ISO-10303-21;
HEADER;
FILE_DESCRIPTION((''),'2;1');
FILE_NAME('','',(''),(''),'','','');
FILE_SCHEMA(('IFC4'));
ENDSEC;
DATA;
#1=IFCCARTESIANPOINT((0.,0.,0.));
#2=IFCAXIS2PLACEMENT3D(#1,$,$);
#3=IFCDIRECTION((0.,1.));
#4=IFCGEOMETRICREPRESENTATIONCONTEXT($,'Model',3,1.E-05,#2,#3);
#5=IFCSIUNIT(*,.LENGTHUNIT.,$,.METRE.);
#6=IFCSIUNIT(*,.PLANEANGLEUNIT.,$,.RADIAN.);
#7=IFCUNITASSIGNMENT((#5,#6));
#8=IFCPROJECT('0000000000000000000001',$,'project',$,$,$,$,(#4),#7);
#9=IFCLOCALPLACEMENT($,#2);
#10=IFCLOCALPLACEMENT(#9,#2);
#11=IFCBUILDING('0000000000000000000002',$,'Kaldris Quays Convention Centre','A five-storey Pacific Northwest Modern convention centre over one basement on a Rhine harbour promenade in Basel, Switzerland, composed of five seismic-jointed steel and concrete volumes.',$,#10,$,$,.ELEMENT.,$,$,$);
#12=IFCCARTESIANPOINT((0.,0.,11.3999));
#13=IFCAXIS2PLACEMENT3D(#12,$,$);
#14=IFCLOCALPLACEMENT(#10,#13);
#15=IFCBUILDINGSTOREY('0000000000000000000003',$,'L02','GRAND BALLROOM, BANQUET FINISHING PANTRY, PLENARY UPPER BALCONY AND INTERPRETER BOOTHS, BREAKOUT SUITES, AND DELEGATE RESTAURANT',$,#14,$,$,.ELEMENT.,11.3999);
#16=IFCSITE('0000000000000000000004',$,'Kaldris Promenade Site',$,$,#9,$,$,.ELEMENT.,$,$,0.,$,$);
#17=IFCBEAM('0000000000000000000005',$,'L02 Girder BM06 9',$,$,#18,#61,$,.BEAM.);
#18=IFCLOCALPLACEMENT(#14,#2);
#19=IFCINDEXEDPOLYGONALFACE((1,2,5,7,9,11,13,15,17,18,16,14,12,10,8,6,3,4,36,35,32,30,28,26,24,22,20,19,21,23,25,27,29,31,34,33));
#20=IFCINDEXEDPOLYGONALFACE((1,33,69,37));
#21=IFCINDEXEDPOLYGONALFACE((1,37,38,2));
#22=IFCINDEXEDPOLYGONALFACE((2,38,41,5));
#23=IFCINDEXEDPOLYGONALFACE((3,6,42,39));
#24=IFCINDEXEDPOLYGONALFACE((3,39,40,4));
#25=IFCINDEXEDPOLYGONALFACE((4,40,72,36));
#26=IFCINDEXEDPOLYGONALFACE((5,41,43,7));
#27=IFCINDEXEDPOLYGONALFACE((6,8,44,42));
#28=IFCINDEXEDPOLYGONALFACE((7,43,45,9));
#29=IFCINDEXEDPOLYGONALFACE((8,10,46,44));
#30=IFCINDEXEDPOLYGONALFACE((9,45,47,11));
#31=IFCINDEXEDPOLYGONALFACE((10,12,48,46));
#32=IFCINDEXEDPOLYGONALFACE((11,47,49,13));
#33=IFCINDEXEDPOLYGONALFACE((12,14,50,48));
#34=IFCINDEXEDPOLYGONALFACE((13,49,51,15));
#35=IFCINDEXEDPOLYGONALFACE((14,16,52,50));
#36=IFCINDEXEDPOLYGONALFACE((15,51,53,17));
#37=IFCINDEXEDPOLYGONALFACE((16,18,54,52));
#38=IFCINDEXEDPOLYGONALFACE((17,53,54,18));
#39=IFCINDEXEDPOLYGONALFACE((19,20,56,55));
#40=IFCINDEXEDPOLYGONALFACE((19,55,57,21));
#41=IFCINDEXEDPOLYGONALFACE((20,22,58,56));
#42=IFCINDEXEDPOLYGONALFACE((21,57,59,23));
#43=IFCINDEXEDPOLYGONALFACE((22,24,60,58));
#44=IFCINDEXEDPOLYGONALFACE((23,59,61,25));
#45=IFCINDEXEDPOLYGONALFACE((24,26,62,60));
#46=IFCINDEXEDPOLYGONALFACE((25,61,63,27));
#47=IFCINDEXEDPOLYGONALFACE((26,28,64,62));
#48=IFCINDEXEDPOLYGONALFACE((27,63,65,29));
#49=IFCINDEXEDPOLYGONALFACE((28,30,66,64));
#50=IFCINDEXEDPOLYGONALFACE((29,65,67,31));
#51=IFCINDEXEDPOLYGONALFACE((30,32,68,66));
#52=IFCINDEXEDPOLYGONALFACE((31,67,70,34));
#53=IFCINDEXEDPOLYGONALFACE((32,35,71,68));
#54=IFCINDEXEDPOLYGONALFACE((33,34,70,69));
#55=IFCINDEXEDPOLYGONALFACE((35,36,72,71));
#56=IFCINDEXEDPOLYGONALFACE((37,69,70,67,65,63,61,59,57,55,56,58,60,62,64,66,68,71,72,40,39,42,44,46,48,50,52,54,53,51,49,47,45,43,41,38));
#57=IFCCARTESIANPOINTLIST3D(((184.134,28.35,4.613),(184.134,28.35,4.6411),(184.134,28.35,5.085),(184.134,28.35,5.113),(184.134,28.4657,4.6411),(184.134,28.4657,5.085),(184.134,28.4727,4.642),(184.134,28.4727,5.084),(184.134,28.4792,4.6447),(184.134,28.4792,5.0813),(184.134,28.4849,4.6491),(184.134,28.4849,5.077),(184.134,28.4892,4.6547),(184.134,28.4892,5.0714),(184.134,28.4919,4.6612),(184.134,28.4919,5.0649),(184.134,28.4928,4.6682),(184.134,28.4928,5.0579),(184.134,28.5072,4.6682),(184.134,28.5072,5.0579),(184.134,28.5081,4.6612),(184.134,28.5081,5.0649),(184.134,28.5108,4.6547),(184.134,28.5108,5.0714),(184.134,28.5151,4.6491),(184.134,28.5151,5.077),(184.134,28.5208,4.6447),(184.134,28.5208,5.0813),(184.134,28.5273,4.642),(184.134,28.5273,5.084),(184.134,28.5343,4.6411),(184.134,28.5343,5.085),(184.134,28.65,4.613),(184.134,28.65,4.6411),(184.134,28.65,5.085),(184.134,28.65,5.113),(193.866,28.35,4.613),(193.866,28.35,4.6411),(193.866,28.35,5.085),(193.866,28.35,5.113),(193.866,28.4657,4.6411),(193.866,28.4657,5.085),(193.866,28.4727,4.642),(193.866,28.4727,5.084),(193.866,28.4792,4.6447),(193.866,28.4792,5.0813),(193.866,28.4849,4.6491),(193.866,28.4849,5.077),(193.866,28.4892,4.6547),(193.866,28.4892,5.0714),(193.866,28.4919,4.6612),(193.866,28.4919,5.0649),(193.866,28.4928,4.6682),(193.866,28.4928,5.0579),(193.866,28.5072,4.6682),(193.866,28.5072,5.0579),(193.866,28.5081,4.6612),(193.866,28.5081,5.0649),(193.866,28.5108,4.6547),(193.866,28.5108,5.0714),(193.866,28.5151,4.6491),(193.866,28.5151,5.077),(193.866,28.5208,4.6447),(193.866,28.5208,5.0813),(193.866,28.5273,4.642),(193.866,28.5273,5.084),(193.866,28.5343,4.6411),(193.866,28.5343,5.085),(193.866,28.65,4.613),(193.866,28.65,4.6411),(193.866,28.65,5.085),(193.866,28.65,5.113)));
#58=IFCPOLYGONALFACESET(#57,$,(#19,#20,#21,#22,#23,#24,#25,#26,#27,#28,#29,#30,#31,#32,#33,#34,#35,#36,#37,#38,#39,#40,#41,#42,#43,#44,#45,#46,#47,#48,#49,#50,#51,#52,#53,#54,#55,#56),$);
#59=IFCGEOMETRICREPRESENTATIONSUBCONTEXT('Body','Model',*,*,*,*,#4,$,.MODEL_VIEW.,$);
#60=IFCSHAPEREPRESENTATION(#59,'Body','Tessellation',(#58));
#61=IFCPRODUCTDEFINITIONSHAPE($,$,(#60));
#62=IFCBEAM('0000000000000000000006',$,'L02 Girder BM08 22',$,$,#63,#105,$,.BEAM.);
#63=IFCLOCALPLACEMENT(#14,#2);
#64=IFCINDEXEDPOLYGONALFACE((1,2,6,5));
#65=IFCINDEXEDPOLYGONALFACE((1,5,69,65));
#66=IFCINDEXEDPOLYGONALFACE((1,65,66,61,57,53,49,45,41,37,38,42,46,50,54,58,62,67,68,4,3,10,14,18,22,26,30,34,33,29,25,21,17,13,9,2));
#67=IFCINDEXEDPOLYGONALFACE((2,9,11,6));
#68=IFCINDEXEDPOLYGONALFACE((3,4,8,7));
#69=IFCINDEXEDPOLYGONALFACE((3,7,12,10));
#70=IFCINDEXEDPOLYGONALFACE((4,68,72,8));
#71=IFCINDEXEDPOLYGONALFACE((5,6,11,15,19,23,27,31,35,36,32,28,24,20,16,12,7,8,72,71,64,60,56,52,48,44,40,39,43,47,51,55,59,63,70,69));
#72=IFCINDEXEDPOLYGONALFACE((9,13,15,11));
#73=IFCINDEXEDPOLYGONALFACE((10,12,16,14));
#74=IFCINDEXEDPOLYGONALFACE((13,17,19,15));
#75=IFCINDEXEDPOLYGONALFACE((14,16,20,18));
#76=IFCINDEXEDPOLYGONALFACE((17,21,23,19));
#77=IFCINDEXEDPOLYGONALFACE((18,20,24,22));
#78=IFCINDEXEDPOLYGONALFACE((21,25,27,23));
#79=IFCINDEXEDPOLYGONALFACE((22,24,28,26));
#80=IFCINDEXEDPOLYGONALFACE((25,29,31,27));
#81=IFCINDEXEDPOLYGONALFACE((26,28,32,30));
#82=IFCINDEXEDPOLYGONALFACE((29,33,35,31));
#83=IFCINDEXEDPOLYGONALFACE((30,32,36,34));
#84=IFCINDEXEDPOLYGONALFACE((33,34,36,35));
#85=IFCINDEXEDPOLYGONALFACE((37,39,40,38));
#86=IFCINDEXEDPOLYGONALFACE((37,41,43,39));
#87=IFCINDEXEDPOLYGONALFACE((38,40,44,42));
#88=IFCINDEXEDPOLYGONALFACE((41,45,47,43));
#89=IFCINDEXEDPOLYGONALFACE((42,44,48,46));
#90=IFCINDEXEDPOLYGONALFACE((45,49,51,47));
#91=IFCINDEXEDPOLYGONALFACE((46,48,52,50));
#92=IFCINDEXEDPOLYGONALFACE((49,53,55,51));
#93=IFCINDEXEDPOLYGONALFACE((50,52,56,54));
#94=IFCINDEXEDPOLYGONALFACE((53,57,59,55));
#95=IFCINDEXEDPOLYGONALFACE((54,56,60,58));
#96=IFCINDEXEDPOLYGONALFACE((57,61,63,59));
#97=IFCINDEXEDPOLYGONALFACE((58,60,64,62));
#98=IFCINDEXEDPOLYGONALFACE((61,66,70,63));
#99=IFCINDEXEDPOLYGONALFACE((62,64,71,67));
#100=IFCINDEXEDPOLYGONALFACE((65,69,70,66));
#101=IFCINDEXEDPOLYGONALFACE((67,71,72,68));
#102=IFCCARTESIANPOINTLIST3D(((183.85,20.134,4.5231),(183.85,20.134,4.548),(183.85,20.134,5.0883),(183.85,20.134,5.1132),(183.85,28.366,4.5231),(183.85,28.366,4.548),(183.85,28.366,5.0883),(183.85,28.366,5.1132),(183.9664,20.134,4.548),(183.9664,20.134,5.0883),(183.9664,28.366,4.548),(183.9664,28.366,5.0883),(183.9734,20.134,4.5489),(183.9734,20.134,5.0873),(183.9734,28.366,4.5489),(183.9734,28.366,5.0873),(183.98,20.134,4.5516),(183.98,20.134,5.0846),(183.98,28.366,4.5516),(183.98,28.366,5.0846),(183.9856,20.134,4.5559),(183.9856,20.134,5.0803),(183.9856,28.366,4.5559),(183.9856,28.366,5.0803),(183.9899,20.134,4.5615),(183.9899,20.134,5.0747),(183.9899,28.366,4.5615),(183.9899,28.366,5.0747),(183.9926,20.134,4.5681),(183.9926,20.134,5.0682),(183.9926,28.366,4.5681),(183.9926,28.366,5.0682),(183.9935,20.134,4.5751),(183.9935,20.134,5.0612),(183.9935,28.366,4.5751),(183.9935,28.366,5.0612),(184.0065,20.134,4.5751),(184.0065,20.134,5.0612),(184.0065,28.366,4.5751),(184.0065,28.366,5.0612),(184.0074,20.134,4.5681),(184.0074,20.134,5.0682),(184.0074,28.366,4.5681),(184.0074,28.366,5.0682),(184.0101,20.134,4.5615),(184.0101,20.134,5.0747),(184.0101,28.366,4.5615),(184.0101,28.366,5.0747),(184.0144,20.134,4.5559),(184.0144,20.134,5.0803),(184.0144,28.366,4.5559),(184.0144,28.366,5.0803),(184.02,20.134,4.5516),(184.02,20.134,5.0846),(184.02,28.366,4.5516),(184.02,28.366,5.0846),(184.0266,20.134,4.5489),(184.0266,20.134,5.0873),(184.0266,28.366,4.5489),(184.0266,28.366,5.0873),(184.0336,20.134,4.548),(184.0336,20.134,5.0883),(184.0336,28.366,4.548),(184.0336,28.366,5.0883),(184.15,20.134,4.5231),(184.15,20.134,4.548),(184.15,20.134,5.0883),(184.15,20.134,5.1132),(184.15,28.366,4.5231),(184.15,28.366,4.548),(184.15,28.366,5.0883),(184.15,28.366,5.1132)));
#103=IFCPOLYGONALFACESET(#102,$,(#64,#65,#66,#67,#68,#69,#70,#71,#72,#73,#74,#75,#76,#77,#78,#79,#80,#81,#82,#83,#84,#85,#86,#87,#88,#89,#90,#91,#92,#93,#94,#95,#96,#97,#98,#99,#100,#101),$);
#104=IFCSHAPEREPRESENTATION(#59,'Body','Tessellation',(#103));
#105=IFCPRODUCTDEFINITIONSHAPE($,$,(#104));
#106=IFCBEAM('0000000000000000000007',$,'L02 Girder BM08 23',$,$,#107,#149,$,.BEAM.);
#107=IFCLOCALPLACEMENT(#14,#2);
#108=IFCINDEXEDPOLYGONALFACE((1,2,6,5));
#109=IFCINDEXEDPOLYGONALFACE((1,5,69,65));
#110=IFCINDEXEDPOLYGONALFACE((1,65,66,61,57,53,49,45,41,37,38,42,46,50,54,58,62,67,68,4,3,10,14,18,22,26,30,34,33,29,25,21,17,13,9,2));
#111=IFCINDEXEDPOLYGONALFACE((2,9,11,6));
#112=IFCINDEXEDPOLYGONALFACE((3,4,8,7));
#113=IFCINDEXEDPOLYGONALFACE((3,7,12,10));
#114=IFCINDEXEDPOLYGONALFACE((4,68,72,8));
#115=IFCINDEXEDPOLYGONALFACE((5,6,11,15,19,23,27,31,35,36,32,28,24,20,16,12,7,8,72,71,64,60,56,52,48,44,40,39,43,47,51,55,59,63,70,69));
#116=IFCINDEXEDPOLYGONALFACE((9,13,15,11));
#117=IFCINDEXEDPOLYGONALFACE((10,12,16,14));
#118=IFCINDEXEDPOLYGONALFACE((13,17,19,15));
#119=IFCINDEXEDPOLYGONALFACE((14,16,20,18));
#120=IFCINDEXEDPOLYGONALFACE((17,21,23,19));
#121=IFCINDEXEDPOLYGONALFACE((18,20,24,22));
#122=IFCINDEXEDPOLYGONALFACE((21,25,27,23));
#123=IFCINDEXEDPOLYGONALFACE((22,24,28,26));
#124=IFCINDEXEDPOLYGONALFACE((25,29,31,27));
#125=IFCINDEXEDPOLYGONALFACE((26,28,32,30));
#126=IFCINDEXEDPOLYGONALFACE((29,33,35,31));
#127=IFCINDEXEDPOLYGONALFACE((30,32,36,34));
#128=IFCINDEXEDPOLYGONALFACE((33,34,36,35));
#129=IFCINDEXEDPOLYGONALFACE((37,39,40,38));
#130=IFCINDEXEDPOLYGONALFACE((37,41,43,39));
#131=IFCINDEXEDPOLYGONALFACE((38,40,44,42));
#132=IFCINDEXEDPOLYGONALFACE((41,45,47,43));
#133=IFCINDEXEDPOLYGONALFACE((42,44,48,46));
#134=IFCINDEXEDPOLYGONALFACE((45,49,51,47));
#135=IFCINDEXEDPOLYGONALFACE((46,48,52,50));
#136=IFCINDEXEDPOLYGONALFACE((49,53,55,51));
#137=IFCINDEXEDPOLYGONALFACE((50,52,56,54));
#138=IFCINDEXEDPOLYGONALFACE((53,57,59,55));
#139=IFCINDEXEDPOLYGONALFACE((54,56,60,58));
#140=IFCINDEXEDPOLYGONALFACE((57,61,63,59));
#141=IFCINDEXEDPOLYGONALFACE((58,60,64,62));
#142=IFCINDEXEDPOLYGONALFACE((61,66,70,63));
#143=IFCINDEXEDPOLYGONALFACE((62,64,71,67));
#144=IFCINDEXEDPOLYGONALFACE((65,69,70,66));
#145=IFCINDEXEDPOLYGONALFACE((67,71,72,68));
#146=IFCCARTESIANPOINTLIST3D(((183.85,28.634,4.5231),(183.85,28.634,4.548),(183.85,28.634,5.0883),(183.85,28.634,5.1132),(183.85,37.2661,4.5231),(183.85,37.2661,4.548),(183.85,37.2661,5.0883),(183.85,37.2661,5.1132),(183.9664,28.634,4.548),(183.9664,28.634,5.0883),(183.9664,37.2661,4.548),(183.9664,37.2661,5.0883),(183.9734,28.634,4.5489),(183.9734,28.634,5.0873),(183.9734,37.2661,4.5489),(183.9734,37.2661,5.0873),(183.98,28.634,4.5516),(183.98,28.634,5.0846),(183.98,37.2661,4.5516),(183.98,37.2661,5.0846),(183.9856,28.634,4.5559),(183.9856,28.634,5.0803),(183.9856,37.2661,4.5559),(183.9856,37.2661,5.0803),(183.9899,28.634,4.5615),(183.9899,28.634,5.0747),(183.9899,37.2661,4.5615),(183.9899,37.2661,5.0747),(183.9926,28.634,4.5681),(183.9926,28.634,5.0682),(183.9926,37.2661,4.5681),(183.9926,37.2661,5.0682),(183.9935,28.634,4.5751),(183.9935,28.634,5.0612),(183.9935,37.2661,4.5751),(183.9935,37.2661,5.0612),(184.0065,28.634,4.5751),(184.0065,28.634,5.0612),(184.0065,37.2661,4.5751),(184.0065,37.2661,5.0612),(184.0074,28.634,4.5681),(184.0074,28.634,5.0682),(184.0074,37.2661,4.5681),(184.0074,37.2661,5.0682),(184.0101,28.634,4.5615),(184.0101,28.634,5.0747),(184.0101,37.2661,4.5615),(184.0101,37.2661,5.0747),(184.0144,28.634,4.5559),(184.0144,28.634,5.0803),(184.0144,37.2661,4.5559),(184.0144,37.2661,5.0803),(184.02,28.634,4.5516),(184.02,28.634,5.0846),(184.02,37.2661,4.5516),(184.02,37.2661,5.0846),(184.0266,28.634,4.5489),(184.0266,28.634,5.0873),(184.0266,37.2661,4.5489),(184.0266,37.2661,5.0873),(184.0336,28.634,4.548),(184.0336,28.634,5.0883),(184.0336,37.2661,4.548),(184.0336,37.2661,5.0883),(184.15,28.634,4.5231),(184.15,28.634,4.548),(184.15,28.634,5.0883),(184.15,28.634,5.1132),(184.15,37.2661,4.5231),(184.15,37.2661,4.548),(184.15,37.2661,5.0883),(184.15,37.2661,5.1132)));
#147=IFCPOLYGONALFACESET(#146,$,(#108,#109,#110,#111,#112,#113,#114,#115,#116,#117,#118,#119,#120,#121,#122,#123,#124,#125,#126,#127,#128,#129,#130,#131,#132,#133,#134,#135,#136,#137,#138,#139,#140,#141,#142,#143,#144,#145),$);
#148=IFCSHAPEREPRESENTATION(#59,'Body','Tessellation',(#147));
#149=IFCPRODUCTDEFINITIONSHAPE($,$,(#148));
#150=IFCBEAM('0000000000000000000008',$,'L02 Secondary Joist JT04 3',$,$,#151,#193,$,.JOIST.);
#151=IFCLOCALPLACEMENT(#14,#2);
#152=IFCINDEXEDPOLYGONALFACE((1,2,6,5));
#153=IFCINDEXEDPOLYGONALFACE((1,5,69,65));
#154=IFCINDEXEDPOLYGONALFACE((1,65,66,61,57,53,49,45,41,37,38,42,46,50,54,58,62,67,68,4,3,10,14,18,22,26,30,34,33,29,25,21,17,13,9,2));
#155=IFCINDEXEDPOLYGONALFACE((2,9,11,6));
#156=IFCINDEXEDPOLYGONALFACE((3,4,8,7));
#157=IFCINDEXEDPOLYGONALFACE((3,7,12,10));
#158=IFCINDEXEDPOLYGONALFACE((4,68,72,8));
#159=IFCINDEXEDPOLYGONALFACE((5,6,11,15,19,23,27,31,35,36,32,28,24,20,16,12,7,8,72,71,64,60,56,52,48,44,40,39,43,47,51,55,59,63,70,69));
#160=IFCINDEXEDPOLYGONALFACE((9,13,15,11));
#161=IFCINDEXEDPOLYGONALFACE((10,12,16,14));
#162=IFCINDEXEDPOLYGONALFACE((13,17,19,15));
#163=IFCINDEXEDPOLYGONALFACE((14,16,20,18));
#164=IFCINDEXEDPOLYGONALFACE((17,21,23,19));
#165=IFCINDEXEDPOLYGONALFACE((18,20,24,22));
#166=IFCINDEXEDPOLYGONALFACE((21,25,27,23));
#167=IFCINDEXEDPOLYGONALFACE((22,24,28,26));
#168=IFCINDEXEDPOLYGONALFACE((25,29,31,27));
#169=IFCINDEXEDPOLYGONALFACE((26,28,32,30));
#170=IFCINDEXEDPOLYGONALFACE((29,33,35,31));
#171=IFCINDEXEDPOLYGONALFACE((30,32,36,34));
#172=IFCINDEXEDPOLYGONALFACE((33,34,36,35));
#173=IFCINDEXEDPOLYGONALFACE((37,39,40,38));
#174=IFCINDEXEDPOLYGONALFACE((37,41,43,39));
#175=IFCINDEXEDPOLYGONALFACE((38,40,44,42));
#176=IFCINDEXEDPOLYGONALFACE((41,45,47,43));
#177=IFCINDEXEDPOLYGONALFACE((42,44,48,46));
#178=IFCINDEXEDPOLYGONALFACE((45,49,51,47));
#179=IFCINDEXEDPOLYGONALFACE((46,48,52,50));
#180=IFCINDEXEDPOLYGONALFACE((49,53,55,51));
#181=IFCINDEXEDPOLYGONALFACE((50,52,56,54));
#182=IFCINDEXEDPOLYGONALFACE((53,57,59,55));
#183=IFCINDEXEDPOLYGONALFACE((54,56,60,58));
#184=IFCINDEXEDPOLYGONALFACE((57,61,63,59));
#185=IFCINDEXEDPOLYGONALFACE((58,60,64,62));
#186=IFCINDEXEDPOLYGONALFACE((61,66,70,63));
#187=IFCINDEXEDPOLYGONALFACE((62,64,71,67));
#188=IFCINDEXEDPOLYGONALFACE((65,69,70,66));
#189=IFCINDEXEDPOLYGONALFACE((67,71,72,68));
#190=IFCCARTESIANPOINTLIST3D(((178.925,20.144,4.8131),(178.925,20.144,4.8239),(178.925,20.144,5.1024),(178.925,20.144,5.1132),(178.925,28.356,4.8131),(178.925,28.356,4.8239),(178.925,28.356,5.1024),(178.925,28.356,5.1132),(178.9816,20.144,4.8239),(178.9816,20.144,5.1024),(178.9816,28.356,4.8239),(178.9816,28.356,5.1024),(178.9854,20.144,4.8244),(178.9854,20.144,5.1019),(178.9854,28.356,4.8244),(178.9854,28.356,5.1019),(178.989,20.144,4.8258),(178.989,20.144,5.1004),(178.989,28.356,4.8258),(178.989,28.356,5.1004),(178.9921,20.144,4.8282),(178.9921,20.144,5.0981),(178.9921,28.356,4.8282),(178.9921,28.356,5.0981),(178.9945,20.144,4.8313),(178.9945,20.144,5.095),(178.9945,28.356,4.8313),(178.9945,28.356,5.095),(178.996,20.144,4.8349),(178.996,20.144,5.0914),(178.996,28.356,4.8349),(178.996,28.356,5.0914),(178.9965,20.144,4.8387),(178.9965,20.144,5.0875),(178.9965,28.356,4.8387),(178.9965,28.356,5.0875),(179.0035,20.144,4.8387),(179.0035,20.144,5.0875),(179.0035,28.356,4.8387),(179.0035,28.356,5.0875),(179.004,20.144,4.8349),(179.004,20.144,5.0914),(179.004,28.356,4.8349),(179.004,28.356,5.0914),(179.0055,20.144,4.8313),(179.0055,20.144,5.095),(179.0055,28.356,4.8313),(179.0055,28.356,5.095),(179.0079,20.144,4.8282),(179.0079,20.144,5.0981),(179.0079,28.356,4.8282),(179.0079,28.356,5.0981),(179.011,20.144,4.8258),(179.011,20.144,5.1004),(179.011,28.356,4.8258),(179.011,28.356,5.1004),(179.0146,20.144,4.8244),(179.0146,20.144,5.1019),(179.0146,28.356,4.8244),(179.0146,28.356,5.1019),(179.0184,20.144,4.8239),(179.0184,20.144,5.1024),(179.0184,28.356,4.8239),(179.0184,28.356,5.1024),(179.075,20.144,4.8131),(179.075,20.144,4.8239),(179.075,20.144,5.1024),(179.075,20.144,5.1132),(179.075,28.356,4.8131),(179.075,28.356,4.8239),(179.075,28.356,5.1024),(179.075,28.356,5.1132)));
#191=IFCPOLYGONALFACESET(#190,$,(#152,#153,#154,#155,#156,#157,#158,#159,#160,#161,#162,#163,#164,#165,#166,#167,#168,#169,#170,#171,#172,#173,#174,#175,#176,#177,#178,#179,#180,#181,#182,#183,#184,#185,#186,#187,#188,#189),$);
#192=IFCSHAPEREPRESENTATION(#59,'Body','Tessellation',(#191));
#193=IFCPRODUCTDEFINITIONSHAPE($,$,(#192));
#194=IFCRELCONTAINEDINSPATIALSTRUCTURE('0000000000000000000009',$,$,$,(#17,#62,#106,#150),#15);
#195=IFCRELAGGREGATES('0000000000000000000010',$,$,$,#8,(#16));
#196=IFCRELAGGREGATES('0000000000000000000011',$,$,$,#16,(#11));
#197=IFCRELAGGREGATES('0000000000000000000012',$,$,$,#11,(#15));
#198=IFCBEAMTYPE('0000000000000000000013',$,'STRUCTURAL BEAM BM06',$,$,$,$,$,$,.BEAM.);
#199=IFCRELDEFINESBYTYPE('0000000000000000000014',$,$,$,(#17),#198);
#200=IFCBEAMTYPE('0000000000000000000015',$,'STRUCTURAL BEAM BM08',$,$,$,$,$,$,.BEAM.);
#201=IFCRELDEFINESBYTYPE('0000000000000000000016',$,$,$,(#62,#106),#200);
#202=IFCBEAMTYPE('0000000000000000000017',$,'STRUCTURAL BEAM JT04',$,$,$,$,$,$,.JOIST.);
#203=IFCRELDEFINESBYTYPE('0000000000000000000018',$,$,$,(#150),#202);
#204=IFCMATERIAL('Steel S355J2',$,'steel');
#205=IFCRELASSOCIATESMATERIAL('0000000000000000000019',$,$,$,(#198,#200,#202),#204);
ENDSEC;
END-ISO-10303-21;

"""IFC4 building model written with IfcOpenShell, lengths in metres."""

from ifc_helpers import new_model, si_unit, direction, frame, origin, origin_2d, place, context, subcontext, project, spatial, i_section, extrude, material, material_profile, profile_set, type_object, element, save


model = new_model("IFC4")

# Units and contexts
model_context = context("Model", 3, precision=1e-05, world=origin(), true_north=direction((0.0, 1.0)))
body_context = subcontext(model_context, "Body", "Model", "MODEL_VIEW")
ifc_project = project(units=[si_unit("LENGTHUNIT", "METRE"), si_unit("PLANEANGLEUNIT", "RADIAN")], contexts=[model_context])

# Site, building, storey
site_placement = place(None, origin())
site = spatial("IfcSite", under=ifc_project, at=site_placement, Name="Kaldris Promenade Site", CompositionType="ELEMENT", RefElevation=0.0)
building_placement = place(site_placement, origin())
building = spatial("IfcBuilding", under=site, at=building_placement, Name="Kaldris Quays Convention Centre", Description="A five-storey Pacific Northwest Modern convention centre over one basement on a Rhine harbour promenade in Basel, Switzerland, composed of five seismic-jointed steel and concrete volumes.", CompositionType="ELEMENT")
storey_placement = place(building_placement, frame((0.0, 0.0, 11.3999)))
storey = spatial("IfcBuildingStorey", under=building, at=storey_placement, Name="L02", Description="GRAND BALLROOM, BANQUET FINISHING PANTRY, PLENARY UPPER BALCONY AND INTERPRETER BOOTHS, BREAKOUT SUITES, AND DELEGATE RESTAURANT", CompositionType="ELEMENT", Elevation=11.3999)

# Shared definitions
ifc_material_1 = material(Name="Steel S355J2", Category="steel")

# Beams
ifc_material_profile_1 = material_profile(ifc_material_1, i_section(OverallWidth=0.3, OverallDepth=0.5, WebThickness=0.0144, FlangeThickness=0.0281, FilletRadius=0.0271, at=origin_2d()), Name="HEB 500")
ifc_profile_set_1 = profile_set([ifc_material_profile_1], Name="Steel S355J2")
beam_type_1 = type_object("IfcBeamType", Name="STRUCTURAL BEAM BM06", PredefinedType="BEAM", material=ifc_profile_set_1)
for number, where, z_axis, x_axis, name in (
    (1, (184.134, 28.5, 4.863), (1.0, 0.0, 0.0), (0.0, 1.0, 0.0), "L02 Girder BM06 9"),
):
    element("IfcBeam", number, at=place(storey_placement, frame(where, z_axis=z_axis, x_axis=x_axis)), inside=storey, type_object=beam_type_1, Name=name, PredefinedType="BEAM", context=body_context, shape_type="SweptSolid", body=[
        extrude(i_section(OverallWidth=0.3, OverallDepth=0.5, WebThickness=0.0144, FlangeThickness=0.0281, FilletRadius=0.0271, at=origin_2d()), origin(), (0.0, 0.0, 1.0), 9.7319),
    ])
ifc_material_profile_2 = material_profile(ifc_material_1, i_section(OverallWidth=0.3, OverallDepth=0.5901, WebThickness=0.0129, FlangeThickness=0.0249, FilletRadius=0.0271, at=origin_2d()), Name="HEA 600")
ifc_profile_set_2 = profile_set([ifc_material_profile_2], Name="Steel S355J2")
beam_type_2 = type_object("IfcBeamType", Name="STRUCTURAL BEAM BM08", PredefinedType="BEAM", material=ifc_profile_set_2)
beam_1_placement = place(storey_placement, frame((184.0, 20.134, 4.8181), z_axis=(0.0, 1.0, 0.0), x_axis=(-1.0, 0.0, 0.0)))
element("IfcBeam", 2, at=beam_1_placement, inside=storey, type_object=beam_type_2, Name="L02 Girder BM08 22", PredefinedType="BEAM", context=body_context, shape_type="SweptSolid", body=[
    extrude(i_section(OverallWidth=0.3, OverallDepth=0.5901, WebThickness=0.0129, FlangeThickness=0.0249, FilletRadius=0.0271, at=origin_2d()), origin(), (0.0, 0.0, 1.0), 8.2319),
])
beam_2_placement = place(storey_placement, frame((184.0, 28.634, 4.8181), z_axis=(0.0, 1.0, 0.0), x_axis=(-1.0, 0.0, 0.0)))
element("IfcBeam", 3, at=beam_2_placement, inside=storey, type_object=beam_type_2, Name="L02 Girder BM08 23", PredefinedType="BEAM", context=body_context, shape_type="SweptSolid", body=[
    extrude(i_section(OverallWidth=0.3, OverallDepth=0.5901, WebThickness=0.0129, FlangeThickness=0.0249, FilletRadius=0.0271, at=origin_2d()), origin(), (0.0, 0.0, 1.0), 8.6321),
])
ifc_material_profile_3 = material_profile(ifc_material_1, i_section(OverallWidth=0.1499, OverallDepth=0.3, WebThickness=0.0071, FlangeThickness=0.0107, FilletRadius=0.0149, at=origin_2d()), Name="IPE 300")
ifc_profile_set_3 = profile_set([ifc_material_profile_3], Name="Steel S355J2")
beam_type_3 = type_object("IfcBeamType", Name="STRUCTURAL BEAM JT04", PredefinedType="JOIST", material=ifc_profile_set_3)
beam_3_placement = place(storey_placement, frame((179.0, 20.144, 4.9631), z_axis=(0.0, 1.0, 0.0), x_axis=(-1.0, 0.0, 0.0)))
element("IfcBeam", 4, at=beam_3_placement, inside=storey, type_object=beam_type_3, Name="L02 Secondary Joist JT04 3", PredefinedType="JOIST", context=body_context, shape_type="SweptSolid", body=[
    extrude(i_section(OverallWidth=0.1499, OverallDepth=0.3, WebThickness=0.0071, FlangeThickness=0.0107, FilletRadius=0.0149, at=origin_2d()), origin(), (0.0, 0.0, 1.0), 8.2119),
])

save(model, "model.ifc")
